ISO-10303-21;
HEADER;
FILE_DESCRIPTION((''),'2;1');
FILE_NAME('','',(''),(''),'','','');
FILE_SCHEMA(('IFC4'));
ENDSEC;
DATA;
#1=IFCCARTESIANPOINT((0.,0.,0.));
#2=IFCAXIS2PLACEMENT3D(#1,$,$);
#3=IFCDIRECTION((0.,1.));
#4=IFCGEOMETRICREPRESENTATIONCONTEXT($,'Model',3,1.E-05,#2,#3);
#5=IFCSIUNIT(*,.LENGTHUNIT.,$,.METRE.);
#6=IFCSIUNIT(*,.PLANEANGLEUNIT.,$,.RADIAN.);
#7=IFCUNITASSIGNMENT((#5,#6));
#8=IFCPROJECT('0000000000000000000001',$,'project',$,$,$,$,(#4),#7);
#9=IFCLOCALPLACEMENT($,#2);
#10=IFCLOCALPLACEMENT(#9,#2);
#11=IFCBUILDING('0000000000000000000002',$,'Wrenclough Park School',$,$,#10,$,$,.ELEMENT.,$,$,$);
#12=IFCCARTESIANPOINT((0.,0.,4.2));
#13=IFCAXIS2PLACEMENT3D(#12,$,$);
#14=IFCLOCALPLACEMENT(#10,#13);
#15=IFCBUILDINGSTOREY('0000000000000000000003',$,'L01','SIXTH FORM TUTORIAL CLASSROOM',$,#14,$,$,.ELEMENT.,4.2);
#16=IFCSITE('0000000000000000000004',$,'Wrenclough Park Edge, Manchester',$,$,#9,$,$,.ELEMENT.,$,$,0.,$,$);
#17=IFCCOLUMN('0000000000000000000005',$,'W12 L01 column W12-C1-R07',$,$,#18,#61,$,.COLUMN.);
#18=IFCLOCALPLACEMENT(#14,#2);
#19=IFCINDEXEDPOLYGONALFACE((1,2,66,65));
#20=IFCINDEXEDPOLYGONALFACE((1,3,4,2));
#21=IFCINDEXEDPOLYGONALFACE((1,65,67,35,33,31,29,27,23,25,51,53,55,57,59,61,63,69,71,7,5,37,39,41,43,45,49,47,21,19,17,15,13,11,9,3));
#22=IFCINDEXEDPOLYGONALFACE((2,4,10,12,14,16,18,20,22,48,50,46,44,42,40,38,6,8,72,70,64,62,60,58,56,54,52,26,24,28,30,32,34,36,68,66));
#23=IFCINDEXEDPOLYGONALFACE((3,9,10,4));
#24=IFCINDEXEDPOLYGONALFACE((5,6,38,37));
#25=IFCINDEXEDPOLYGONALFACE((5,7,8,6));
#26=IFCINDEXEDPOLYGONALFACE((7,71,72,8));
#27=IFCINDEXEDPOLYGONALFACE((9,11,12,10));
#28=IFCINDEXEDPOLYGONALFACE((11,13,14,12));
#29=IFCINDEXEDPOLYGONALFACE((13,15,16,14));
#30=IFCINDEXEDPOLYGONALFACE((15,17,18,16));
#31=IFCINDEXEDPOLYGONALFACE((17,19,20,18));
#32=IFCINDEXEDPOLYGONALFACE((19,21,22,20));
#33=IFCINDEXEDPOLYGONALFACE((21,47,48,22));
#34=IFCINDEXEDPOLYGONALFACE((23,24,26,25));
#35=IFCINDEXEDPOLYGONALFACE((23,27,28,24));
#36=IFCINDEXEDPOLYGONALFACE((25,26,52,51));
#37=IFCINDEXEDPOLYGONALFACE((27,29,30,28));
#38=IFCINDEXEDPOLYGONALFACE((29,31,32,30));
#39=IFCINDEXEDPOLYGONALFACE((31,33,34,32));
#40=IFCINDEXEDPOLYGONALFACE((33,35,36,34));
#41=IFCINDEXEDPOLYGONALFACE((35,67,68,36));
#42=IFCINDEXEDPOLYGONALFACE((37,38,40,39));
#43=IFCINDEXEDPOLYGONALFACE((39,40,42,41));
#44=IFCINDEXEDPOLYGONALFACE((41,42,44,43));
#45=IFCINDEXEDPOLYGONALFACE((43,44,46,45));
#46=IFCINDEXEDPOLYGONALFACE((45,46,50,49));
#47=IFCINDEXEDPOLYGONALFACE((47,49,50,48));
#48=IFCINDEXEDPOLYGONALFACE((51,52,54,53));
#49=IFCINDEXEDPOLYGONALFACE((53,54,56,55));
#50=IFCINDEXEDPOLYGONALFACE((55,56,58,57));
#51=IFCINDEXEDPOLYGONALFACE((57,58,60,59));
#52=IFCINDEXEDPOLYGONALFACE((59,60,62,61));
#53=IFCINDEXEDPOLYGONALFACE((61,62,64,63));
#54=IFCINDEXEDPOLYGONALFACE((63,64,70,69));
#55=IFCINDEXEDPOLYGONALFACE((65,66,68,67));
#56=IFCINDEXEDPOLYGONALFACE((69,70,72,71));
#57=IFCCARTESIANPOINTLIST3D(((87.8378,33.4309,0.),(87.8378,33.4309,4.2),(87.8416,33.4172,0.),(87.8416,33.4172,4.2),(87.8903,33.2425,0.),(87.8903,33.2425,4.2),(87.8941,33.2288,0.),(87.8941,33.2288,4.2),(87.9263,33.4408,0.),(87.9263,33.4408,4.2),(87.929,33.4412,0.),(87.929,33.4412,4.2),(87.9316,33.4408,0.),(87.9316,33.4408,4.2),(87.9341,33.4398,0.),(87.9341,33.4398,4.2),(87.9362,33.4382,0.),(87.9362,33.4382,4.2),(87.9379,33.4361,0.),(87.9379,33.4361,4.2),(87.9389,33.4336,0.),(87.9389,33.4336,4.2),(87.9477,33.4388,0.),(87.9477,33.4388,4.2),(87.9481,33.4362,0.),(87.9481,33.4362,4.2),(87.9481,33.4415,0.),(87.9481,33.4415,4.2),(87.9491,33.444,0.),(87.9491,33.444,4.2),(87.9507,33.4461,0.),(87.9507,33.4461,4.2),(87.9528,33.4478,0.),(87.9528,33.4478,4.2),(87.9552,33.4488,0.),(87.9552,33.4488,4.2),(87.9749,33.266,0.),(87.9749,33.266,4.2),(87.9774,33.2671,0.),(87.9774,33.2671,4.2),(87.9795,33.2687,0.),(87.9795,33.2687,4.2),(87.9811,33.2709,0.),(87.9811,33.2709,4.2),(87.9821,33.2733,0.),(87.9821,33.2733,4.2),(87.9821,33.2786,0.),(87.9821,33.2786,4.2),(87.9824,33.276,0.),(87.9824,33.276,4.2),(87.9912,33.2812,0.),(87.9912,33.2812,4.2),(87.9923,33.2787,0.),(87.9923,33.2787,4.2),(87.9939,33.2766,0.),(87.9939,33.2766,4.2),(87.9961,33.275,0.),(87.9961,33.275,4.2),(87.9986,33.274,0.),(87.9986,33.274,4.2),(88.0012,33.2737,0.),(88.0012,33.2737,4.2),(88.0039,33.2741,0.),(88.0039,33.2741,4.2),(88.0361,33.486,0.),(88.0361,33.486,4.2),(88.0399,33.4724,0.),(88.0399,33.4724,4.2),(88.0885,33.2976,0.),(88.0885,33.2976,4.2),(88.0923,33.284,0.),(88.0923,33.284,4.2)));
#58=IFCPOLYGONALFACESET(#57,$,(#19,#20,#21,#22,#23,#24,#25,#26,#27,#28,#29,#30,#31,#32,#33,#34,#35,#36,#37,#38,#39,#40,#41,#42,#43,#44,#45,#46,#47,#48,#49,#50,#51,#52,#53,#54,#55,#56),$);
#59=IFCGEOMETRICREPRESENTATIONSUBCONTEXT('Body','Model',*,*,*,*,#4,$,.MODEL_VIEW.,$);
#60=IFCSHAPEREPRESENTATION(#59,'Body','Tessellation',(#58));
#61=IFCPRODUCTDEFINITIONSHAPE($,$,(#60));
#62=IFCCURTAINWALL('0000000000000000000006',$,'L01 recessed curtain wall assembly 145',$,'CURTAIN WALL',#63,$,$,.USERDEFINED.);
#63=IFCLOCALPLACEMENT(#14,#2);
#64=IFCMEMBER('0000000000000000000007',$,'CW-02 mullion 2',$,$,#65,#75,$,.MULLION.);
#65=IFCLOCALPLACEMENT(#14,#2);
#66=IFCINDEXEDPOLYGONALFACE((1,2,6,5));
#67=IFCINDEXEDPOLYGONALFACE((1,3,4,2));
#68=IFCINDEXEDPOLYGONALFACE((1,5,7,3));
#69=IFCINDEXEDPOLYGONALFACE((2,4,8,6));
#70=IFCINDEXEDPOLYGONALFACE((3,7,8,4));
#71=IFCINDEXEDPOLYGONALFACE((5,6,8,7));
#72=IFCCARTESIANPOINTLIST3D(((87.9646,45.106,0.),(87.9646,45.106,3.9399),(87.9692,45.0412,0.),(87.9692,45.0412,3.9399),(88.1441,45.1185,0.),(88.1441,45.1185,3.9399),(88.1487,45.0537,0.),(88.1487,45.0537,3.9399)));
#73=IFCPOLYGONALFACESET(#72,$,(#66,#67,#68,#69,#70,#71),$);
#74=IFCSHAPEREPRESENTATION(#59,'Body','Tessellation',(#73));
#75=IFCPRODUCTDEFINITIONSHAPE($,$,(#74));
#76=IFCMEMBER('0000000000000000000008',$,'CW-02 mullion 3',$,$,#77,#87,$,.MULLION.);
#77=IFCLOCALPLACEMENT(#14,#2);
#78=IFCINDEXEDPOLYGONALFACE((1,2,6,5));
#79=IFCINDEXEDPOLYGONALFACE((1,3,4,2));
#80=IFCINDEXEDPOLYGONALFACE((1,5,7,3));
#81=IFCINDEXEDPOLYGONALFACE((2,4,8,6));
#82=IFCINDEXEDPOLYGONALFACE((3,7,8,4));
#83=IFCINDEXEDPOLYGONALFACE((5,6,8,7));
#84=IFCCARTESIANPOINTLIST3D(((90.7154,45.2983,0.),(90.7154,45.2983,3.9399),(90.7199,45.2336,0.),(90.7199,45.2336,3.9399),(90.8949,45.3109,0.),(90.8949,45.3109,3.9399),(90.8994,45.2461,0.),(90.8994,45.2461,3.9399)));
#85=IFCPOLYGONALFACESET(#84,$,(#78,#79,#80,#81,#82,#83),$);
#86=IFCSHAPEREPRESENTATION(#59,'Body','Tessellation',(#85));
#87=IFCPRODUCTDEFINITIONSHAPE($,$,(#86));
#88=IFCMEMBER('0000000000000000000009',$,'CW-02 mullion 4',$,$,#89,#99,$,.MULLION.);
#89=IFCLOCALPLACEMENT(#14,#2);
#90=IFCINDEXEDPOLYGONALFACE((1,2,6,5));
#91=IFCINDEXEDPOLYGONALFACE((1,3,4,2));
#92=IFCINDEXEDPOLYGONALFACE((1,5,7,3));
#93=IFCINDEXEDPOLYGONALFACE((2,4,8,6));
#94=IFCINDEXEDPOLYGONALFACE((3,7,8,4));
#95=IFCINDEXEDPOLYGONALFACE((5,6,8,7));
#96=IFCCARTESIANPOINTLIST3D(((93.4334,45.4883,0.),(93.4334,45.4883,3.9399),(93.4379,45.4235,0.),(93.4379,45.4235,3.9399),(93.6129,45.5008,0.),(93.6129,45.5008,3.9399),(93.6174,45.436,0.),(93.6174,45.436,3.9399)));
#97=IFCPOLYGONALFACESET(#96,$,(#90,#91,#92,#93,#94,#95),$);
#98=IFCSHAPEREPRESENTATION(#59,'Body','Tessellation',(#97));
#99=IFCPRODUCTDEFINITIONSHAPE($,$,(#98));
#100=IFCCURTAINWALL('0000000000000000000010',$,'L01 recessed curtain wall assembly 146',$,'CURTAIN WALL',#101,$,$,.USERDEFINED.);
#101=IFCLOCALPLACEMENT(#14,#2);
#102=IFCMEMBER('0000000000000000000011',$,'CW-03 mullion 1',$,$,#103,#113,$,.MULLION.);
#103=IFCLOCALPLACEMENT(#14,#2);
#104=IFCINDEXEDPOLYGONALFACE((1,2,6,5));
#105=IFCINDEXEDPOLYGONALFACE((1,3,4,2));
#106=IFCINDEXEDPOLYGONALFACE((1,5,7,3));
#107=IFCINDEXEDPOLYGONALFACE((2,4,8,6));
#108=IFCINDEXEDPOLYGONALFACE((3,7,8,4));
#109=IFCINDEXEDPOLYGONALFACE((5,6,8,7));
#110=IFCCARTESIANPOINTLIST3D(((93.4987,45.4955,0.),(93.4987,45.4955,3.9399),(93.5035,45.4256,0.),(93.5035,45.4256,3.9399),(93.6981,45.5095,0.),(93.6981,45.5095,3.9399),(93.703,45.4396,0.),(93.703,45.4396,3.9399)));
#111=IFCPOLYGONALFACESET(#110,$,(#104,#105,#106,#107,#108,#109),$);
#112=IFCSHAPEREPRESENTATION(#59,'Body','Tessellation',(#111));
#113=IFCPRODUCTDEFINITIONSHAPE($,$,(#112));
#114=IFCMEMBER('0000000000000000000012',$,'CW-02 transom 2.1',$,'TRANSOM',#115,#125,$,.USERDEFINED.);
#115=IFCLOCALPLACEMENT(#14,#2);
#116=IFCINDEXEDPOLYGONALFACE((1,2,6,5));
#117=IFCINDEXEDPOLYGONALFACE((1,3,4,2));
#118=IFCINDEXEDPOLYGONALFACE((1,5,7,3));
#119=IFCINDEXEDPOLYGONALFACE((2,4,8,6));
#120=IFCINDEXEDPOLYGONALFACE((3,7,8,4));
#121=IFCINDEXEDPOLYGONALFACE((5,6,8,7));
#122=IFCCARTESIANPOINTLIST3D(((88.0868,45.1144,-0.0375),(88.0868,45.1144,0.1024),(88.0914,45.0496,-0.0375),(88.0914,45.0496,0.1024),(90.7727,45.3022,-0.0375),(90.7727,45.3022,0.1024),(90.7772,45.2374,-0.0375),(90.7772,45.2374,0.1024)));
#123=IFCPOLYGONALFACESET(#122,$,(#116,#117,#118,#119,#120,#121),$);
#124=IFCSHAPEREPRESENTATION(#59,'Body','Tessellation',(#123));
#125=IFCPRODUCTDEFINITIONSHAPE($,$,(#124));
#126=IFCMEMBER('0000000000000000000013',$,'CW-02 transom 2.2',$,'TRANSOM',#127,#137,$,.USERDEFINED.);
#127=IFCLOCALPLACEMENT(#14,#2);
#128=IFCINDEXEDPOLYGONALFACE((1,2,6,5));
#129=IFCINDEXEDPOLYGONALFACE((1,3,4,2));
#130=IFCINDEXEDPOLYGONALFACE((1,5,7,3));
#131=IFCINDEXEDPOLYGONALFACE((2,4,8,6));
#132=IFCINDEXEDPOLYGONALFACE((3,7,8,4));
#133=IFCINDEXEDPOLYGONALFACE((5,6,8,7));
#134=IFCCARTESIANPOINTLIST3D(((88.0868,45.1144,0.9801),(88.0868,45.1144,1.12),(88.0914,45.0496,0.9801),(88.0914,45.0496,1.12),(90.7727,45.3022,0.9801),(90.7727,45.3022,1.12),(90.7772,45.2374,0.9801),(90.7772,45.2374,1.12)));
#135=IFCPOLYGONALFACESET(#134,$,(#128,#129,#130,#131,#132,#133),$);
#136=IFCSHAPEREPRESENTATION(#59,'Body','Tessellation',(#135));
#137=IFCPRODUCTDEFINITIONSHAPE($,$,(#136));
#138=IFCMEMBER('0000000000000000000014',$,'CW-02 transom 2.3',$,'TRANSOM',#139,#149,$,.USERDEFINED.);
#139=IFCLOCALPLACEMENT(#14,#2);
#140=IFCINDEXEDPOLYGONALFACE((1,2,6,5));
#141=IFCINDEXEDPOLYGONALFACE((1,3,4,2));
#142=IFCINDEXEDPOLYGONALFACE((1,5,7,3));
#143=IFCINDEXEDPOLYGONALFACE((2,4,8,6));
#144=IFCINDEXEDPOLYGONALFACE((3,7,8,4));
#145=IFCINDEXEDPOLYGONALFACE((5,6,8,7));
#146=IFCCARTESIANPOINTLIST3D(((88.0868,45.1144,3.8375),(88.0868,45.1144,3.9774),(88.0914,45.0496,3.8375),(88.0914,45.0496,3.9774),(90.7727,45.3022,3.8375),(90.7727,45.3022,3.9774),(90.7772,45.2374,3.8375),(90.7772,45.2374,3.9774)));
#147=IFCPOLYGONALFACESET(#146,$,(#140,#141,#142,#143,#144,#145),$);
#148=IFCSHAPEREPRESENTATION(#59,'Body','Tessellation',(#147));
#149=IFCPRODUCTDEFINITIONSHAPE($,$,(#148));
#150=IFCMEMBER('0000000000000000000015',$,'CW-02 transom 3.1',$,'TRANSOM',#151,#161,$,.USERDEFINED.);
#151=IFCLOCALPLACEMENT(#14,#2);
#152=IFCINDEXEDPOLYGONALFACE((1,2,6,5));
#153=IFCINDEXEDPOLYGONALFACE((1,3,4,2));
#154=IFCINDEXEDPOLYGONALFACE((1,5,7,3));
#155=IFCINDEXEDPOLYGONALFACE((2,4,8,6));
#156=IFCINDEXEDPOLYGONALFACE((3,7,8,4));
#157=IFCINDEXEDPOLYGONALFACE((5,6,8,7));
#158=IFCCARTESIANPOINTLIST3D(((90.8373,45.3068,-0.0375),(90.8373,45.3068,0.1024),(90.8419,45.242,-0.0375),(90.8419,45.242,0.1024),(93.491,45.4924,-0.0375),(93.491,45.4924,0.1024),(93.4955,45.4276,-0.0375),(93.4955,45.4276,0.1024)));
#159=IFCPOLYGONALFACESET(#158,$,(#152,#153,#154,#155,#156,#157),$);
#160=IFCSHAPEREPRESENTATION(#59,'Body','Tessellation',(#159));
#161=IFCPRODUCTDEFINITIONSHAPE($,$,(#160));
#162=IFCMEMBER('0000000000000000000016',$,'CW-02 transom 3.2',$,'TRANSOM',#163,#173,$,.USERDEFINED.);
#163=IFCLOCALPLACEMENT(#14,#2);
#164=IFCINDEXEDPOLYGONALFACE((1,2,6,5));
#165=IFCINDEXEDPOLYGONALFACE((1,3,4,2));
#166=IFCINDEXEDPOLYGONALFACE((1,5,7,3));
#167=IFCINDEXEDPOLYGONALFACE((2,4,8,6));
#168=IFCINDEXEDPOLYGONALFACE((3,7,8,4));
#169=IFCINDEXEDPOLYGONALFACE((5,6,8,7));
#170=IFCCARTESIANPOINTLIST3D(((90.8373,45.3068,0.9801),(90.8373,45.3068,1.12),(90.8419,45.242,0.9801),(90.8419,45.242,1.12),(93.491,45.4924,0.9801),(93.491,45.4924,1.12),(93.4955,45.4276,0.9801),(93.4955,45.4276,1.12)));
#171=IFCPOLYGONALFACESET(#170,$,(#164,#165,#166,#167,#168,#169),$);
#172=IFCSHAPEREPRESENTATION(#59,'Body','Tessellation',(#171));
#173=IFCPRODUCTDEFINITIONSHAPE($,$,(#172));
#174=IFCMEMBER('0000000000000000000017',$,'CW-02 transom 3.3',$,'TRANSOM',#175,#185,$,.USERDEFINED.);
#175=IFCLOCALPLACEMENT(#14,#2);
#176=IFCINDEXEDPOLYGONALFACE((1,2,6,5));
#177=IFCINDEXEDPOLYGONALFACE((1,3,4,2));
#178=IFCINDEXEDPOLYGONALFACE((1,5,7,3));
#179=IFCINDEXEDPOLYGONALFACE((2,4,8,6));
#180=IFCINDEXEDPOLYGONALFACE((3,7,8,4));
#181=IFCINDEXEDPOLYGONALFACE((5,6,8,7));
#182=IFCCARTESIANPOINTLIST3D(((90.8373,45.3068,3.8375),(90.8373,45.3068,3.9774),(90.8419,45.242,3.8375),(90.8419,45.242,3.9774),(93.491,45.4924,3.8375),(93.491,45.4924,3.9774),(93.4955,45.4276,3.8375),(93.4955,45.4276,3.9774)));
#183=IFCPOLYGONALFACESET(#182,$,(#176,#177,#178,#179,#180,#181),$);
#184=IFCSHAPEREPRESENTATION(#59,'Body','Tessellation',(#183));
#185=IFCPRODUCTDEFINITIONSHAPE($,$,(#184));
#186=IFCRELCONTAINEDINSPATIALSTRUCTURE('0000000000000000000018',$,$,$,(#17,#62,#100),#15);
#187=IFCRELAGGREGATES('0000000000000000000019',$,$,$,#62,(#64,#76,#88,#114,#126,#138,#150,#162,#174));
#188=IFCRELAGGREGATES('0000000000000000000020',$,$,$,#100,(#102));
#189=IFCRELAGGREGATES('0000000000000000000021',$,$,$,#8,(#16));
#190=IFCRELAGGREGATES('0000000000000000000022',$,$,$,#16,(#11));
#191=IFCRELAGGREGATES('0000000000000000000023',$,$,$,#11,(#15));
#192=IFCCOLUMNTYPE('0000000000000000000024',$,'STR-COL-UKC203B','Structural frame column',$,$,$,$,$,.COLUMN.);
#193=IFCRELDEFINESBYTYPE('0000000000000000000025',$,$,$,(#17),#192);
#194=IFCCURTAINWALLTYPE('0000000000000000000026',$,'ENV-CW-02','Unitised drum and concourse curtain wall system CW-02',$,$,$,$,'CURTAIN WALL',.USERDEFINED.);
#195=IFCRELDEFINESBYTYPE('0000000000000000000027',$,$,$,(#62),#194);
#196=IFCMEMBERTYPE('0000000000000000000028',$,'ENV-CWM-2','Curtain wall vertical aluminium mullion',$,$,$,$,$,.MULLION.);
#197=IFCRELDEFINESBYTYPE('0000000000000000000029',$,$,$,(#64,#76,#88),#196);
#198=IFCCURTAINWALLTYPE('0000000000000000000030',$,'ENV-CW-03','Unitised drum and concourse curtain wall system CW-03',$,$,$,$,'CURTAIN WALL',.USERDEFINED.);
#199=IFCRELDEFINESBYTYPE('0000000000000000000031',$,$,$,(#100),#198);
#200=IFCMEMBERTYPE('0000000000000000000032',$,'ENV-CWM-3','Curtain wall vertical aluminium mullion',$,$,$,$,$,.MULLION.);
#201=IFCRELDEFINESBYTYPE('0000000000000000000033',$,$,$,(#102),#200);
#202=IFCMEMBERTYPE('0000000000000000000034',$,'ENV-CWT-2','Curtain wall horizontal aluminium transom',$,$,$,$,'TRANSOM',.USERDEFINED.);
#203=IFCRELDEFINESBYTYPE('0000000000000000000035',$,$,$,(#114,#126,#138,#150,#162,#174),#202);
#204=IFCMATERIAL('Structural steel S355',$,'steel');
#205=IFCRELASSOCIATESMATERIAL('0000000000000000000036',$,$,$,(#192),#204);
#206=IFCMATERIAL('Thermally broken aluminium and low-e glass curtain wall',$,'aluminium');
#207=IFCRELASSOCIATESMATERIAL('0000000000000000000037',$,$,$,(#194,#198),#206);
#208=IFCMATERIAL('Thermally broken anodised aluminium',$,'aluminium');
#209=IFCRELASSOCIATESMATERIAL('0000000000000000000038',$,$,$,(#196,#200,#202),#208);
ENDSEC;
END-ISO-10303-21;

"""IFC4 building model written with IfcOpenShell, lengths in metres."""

from ifc_helpers import new_model, si_unit, direction, frame, origin, origin_2d, place, context, subcontext, project, spatial, rectangle, i_section, extrude, material, material_profile, profile_set, type_object, element, aggregate, save


model = new_model("IFC4")

# Units and contexts
model_context = context("Model", 3, precision=1e-05, world=origin(), true_north=direction((0.0, 1.0)))
body_context = subcontext(model_context, "Body", "Model", "MODEL_VIEW")
ifc_project = project(units=[si_unit("LENGTHUNIT", "METRE"), si_unit("PLANEANGLEUNIT", "RADIAN")], contexts=[model_context])

# Site, building, storey
site_placement = place(None, origin())
site = spatial("IfcSite", under=ifc_project, at=site_placement, Name="Wrenclough Park Edge, Manchester", CompositionType="ELEMENT", RefElevation=0.0)
building_placement = place(site_placement, origin())
building = spatial("IfcBuilding", under=site, at=building_placement, Name="Wrenclough Park School", CompositionType="ELEMENT")
storey_placement = place(building_placement, frame((0.0, 0.0, 4.2)))
storey = spatial("IfcBuildingStorey", under=building, at=storey_placement, Name="L01", Description="SIXTH FORM TUTORIAL CLASSROOM", CompositionType="ELEMENT", Elevation=4.2)

# Column
ifc_material_1 = material(Name="Structural steel S355", Category="steel")
ifc_material_profile_1 = material_profile(ifc_material_1, i_section(OverallWidth=0.2058, OverallDepth=0.2097, WebThickness=0.0095, FlangeThickness=0.0142, FilletRadius=0.0103, at=origin_2d()), Name="UKC 203x203x60")
ifc_profile_set_1 = profile_set([ifc_material_profile_1], Name="Structural steel S355")
column_type = type_object("IfcColumnType", Name="STR-COL-UKC203B", Description="Structural frame column", PredefinedType="COLUMN", material=ifc_profile_set_1)
column_placement = place(storey_placement, frame((87.9651, 33.3574, 0.0), z_axis=(0.0, 0.0, 1.0), x_axis=(0.963397, 0.268079, 0.0)))
element("IfcColumn", 1, at=column_placement, inside=storey, type_object=column_type, Name="W12 L01 column W12-C1-R07", PredefinedType="COLUMN", context=body_context, shape_type="SweptSolid", body=[
    extrude(i_section(OverallWidth=0.2058, OverallDepth=0.2097, WebThickness=0.0095, FlangeThickness=0.0142, FilletRadius=0.0103, at=origin_2d()), origin(), (0.0, 0.0, 1.0), 4.2),
])

# Curtain wall, members
ifc_material_2 = material(Name="Thermally broken aluminium and low-e glass curtain wall", Category="aluminium")
curtain_wall_type_1 = type_object("IfcCurtainWallType", Name="ENV-CW-02", Description="Unitised drum and concourse curtain wall system CW-02", ElementType="CURTAIN WALL", PredefinedType="USERDEFINED", material=ifc_material_2)
curtain_wall_1_placement = place(storey_placement, origin())
curtain_wall_1 = element("IfcCurtainWall", 2, at=curtain_wall_1_placement, inside=storey, type_object=curtain_wall_type_1, Name="L01 recessed curtain wall assembly 145", ObjectType="CURTAIN WALL", PredefinedType="USERDEFINED")
ifc_material_3 = material(Name="Thermally broken anodised aluminium", Category="aluminium")
ifc_material_profile_2 = material_profile(ifc_material_3, rectangle(XDim=0.0649, YDim=0.1799, at=origin_2d()), Name="AL MULLION 65x180")
ifc_profile_set_2 = profile_set([ifc_material_profile_2], Name="Thermally broken anodised aluminium")
member_type_1 = type_object("IfcMemberType", Name="ENV-CWM-2", Description="Curtain wall vertical aluminium mullion", PredefinedType="MULLION", material=ifc_profile_set_2)
member_1_placement = place(storey_placement, frame((88.0566, 45.0798, 0.0), z_axis=(0.0, 0.0, 1.0), x_axis=(-0.069742, 0.997565, 0.0)))
member_1 = element("IfcMember", 3, at=member_1_placement, type_object=member_type_1, Name="CW-02 mullion 2", PredefinedType="MULLION", context=body_context, shape_type="SweptSolid", body=[
    extrude(rectangle(XDim=0.0649, YDim=0.1799, at=origin_2d()), origin(), (0.0, 0.0, 1.0), 3.9399),
])
member_2_placement = place(storey_placement, frame((90.8074, 45.2722, 0.0), z_axis=(0.0, 0.0, 1.0), x_axis=(-0.069742, 0.997565, 0.0)))
member_2 = element("IfcMember", 4, at=member_2_placement, type_object=member_type_1, Name="CW-02 mullion 3", PredefinedType="MULLION", context=body_context, shape_type="SweptSolid", body=[
    extrude(rectangle(XDim=0.0649, YDim=0.1799, at=origin_2d()), origin(), (0.0, 0.0, 1.0), 3.9399),
])
member_3_placement = place(storey_placement, frame((93.5254, 45.4622, 0.0), z_axis=(0.0, 0.0, 1.0), x_axis=(-0.069742, 0.997565, 0.0)))
member_3 = element("IfcMember", 5, at=member_3_placement, type_object=member_type_1, Name="CW-02 mullion 4", PredefinedType="MULLION", context=body_context, shape_type="SweptSolid", body=[
    extrude(rectangle(XDim=0.0649, YDim=0.1799, at=origin_2d()), origin(), (0.0, 0.0, 1.0), 3.9399),
])

# Curtain wall, member
curtain_wall_type_2 = type_object("IfcCurtainWallType", Name="ENV-CW-03", Description="Unitised drum and concourse curtain wall system CW-03", ElementType="CURTAIN WALL", PredefinedType="USERDEFINED", material=ifc_material_2)
curtain_wall_2_placement = place(storey_placement, origin())
curtain_wall_2 = element("IfcCurtainWall", 6, at=curtain_wall_2_placement, inside=storey, type_object=curtain_wall_type_2, Name="L01 recessed curtain wall assembly 146", ObjectType="CURTAIN WALL", PredefinedType="USERDEFINED")
ifc_material_profile_3 = material_profile(ifc_material_3, rectangle(XDim=0.0701, YDim=0.2, at=origin_2d()), Name="AL MULLION 70x200")
ifc_profile_set_3 = profile_set([ifc_material_profile_3], Name="Thermally broken anodised aluminium")
member_type_2 = type_object("IfcMemberType", Name="ENV-CWM-3", Description="Curtain wall vertical aluminium mullion", PredefinedType="MULLION", material=ifc_profile_set_3)
member_4_placement = place(storey_placement, frame((93.6008, 45.4675, 0.0), z_axis=(0.0, 0.0, 1.0), x_axis=(-0.069753, 0.997564, 0.0)))
member_4 = element("IfcMember", 7, at=member_4_placement, type_object=member_type_2, Name="CW-03 mullion 1", PredefinedType="MULLION", context=body_context, shape_type="SweptSolid", body=[
    extrude(rectangle(XDim=0.0701, YDim=0.2, at=origin_2d()), origin(), (0.0, 0.0, 1.0), 3.9399),
])

# Members
ifc_material_profile_4 = material_profile(ifc_material_3, rectangle(XDim=0.0649, YDim=0.1399, at=origin_2d()), Name="AL TRANSOM 65x140")
ifc_profile_set_4 = profile_set([ifc_material_profile_4], Name="Thermally broken anodised aluminium")
member_type_3 = type_object("IfcMemberType", Name="ENV-CWT-2", Description="Curtain wall horizontal aluminium transom", ElementType="TRANSOM", PredefinedType="USERDEFINED", material=ifc_profile_set_4)
member_5_placement = place(storey_placement, frame((88.0891, 45.082, 0.0325), z_axis=(0.997566, 0.069733, 0.0), x_axis=(-0.069733, 0.997566, 0.0)))
member_5 = element("IfcMember", 8, at=member_5_placement, type_object=member_type_3, Name="CW-02 transom 2.1", ObjectType="TRANSOM", PredefinedType="USERDEFINED", context=body_context, shape_type="SweptSolid", body=[
    extrude(rectangle(XDim=0.0649, YDim=0.1399, at=origin_2d()), origin(), (0.0, 0.0, 1.0), 2.6924),
])
member_6_placement = place(storey_placement, frame((88.0891, 45.082, 1.05), z_axis=(0.997566, 0.069733, 0.0), x_axis=(-0.069733, 0.997566, 0.0)))
member_6 = element("IfcMember", 9, at=member_6_placement, type_object=member_type_3, Name="CW-02 transom 2.2", ObjectType="TRANSOM", PredefinedType="USERDEFINED", context=body_context, shape_type="SweptSolid", body=[
    extrude(rectangle(XDim=0.0649, YDim=0.1399, at=origin_2d()), origin(), (0.0, 0.0, 1.0), 2.6924),
])
member_7_placement = place(storey_placement, frame((88.0891, 45.082, 3.9075), z_axis=(0.997566, 0.069733, 0.0), x_axis=(-0.069733, 0.997566, 0.0)))
member_7 = element("IfcMember", 10, at=member_7_placement, type_object=member_type_3, Name="CW-02 transom 2.3", ObjectType="TRANSOM", PredefinedType="USERDEFINED", context=body_context, shape_type="SweptSolid", body=[
    extrude(rectangle(XDim=0.0649, YDim=0.1399, at=origin_2d()), origin(), (0.0, 0.0, 1.0), 2.6924),
])
member_8_placement = place(storey_placement, frame((90.8396, 45.2744, 0.0325), z_axis=(0.997564, 0.069753, 0.0), x_axis=(-0.069753, 0.997564, 0.0)))
member_8 = element("IfcMember", 11, at=member_8_placement, type_object=member_type_3, Name="CW-02 transom 3.1", ObjectType="TRANSOM", PredefinedType="USERDEFINED", context=body_context, shape_type="SweptSolid", body=[
    extrude(rectangle(XDim=0.0649, YDim=0.1399, at=origin_2d()), origin(), (0.0, 0.0, 1.0), 2.6602),
])
member_9_placement = place(storey_placement, frame((90.8396, 45.2744, 1.05), z_axis=(0.997564, 0.069753, 0.0), x_axis=(-0.069753, 0.997564, 0.0)))
member_9 = element("IfcMember", 12, at=member_9_placement, type_object=member_type_3, Name="CW-02 transom 3.2", ObjectType="TRANSOM", PredefinedType="USERDEFINED", context=body_context, shape_type="SweptSolid", body=[
    extrude(rectangle(XDim=0.0649, YDim=0.1399, at=origin_2d()), origin(), (0.0, 0.0, 1.0), 2.6602),
])
member_10_placement = place(storey_placement, frame((90.8396, 45.2744, 3.9075), z_axis=(0.997564, 0.069753, 0.0), x_axis=(-0.069753, 0.997564, 0.0)))
member_10 = element("IfcMember", 13, at=member_10_placement, type_object=member_type_3, Name="CW-02 transom 3.3", ObjectType="TRANSOM", PredefinedType="USERDEFINED", context=body_context, shape_type="SweptSolid", body=[
    extrude(rectangle(XDim=0.0649, YDim=0.1399, at=origin_2d()), origin(), (0.0, 0.0, 1.0), 2.6602),
])

aggregate(curtain_wall_1, [member_1, member_2, member_3, member_5, member_6, member_7, member_8, member_9, member_10])
aggregate(curtain_wall_2, [member_4])

save(model, "model.ifc")
